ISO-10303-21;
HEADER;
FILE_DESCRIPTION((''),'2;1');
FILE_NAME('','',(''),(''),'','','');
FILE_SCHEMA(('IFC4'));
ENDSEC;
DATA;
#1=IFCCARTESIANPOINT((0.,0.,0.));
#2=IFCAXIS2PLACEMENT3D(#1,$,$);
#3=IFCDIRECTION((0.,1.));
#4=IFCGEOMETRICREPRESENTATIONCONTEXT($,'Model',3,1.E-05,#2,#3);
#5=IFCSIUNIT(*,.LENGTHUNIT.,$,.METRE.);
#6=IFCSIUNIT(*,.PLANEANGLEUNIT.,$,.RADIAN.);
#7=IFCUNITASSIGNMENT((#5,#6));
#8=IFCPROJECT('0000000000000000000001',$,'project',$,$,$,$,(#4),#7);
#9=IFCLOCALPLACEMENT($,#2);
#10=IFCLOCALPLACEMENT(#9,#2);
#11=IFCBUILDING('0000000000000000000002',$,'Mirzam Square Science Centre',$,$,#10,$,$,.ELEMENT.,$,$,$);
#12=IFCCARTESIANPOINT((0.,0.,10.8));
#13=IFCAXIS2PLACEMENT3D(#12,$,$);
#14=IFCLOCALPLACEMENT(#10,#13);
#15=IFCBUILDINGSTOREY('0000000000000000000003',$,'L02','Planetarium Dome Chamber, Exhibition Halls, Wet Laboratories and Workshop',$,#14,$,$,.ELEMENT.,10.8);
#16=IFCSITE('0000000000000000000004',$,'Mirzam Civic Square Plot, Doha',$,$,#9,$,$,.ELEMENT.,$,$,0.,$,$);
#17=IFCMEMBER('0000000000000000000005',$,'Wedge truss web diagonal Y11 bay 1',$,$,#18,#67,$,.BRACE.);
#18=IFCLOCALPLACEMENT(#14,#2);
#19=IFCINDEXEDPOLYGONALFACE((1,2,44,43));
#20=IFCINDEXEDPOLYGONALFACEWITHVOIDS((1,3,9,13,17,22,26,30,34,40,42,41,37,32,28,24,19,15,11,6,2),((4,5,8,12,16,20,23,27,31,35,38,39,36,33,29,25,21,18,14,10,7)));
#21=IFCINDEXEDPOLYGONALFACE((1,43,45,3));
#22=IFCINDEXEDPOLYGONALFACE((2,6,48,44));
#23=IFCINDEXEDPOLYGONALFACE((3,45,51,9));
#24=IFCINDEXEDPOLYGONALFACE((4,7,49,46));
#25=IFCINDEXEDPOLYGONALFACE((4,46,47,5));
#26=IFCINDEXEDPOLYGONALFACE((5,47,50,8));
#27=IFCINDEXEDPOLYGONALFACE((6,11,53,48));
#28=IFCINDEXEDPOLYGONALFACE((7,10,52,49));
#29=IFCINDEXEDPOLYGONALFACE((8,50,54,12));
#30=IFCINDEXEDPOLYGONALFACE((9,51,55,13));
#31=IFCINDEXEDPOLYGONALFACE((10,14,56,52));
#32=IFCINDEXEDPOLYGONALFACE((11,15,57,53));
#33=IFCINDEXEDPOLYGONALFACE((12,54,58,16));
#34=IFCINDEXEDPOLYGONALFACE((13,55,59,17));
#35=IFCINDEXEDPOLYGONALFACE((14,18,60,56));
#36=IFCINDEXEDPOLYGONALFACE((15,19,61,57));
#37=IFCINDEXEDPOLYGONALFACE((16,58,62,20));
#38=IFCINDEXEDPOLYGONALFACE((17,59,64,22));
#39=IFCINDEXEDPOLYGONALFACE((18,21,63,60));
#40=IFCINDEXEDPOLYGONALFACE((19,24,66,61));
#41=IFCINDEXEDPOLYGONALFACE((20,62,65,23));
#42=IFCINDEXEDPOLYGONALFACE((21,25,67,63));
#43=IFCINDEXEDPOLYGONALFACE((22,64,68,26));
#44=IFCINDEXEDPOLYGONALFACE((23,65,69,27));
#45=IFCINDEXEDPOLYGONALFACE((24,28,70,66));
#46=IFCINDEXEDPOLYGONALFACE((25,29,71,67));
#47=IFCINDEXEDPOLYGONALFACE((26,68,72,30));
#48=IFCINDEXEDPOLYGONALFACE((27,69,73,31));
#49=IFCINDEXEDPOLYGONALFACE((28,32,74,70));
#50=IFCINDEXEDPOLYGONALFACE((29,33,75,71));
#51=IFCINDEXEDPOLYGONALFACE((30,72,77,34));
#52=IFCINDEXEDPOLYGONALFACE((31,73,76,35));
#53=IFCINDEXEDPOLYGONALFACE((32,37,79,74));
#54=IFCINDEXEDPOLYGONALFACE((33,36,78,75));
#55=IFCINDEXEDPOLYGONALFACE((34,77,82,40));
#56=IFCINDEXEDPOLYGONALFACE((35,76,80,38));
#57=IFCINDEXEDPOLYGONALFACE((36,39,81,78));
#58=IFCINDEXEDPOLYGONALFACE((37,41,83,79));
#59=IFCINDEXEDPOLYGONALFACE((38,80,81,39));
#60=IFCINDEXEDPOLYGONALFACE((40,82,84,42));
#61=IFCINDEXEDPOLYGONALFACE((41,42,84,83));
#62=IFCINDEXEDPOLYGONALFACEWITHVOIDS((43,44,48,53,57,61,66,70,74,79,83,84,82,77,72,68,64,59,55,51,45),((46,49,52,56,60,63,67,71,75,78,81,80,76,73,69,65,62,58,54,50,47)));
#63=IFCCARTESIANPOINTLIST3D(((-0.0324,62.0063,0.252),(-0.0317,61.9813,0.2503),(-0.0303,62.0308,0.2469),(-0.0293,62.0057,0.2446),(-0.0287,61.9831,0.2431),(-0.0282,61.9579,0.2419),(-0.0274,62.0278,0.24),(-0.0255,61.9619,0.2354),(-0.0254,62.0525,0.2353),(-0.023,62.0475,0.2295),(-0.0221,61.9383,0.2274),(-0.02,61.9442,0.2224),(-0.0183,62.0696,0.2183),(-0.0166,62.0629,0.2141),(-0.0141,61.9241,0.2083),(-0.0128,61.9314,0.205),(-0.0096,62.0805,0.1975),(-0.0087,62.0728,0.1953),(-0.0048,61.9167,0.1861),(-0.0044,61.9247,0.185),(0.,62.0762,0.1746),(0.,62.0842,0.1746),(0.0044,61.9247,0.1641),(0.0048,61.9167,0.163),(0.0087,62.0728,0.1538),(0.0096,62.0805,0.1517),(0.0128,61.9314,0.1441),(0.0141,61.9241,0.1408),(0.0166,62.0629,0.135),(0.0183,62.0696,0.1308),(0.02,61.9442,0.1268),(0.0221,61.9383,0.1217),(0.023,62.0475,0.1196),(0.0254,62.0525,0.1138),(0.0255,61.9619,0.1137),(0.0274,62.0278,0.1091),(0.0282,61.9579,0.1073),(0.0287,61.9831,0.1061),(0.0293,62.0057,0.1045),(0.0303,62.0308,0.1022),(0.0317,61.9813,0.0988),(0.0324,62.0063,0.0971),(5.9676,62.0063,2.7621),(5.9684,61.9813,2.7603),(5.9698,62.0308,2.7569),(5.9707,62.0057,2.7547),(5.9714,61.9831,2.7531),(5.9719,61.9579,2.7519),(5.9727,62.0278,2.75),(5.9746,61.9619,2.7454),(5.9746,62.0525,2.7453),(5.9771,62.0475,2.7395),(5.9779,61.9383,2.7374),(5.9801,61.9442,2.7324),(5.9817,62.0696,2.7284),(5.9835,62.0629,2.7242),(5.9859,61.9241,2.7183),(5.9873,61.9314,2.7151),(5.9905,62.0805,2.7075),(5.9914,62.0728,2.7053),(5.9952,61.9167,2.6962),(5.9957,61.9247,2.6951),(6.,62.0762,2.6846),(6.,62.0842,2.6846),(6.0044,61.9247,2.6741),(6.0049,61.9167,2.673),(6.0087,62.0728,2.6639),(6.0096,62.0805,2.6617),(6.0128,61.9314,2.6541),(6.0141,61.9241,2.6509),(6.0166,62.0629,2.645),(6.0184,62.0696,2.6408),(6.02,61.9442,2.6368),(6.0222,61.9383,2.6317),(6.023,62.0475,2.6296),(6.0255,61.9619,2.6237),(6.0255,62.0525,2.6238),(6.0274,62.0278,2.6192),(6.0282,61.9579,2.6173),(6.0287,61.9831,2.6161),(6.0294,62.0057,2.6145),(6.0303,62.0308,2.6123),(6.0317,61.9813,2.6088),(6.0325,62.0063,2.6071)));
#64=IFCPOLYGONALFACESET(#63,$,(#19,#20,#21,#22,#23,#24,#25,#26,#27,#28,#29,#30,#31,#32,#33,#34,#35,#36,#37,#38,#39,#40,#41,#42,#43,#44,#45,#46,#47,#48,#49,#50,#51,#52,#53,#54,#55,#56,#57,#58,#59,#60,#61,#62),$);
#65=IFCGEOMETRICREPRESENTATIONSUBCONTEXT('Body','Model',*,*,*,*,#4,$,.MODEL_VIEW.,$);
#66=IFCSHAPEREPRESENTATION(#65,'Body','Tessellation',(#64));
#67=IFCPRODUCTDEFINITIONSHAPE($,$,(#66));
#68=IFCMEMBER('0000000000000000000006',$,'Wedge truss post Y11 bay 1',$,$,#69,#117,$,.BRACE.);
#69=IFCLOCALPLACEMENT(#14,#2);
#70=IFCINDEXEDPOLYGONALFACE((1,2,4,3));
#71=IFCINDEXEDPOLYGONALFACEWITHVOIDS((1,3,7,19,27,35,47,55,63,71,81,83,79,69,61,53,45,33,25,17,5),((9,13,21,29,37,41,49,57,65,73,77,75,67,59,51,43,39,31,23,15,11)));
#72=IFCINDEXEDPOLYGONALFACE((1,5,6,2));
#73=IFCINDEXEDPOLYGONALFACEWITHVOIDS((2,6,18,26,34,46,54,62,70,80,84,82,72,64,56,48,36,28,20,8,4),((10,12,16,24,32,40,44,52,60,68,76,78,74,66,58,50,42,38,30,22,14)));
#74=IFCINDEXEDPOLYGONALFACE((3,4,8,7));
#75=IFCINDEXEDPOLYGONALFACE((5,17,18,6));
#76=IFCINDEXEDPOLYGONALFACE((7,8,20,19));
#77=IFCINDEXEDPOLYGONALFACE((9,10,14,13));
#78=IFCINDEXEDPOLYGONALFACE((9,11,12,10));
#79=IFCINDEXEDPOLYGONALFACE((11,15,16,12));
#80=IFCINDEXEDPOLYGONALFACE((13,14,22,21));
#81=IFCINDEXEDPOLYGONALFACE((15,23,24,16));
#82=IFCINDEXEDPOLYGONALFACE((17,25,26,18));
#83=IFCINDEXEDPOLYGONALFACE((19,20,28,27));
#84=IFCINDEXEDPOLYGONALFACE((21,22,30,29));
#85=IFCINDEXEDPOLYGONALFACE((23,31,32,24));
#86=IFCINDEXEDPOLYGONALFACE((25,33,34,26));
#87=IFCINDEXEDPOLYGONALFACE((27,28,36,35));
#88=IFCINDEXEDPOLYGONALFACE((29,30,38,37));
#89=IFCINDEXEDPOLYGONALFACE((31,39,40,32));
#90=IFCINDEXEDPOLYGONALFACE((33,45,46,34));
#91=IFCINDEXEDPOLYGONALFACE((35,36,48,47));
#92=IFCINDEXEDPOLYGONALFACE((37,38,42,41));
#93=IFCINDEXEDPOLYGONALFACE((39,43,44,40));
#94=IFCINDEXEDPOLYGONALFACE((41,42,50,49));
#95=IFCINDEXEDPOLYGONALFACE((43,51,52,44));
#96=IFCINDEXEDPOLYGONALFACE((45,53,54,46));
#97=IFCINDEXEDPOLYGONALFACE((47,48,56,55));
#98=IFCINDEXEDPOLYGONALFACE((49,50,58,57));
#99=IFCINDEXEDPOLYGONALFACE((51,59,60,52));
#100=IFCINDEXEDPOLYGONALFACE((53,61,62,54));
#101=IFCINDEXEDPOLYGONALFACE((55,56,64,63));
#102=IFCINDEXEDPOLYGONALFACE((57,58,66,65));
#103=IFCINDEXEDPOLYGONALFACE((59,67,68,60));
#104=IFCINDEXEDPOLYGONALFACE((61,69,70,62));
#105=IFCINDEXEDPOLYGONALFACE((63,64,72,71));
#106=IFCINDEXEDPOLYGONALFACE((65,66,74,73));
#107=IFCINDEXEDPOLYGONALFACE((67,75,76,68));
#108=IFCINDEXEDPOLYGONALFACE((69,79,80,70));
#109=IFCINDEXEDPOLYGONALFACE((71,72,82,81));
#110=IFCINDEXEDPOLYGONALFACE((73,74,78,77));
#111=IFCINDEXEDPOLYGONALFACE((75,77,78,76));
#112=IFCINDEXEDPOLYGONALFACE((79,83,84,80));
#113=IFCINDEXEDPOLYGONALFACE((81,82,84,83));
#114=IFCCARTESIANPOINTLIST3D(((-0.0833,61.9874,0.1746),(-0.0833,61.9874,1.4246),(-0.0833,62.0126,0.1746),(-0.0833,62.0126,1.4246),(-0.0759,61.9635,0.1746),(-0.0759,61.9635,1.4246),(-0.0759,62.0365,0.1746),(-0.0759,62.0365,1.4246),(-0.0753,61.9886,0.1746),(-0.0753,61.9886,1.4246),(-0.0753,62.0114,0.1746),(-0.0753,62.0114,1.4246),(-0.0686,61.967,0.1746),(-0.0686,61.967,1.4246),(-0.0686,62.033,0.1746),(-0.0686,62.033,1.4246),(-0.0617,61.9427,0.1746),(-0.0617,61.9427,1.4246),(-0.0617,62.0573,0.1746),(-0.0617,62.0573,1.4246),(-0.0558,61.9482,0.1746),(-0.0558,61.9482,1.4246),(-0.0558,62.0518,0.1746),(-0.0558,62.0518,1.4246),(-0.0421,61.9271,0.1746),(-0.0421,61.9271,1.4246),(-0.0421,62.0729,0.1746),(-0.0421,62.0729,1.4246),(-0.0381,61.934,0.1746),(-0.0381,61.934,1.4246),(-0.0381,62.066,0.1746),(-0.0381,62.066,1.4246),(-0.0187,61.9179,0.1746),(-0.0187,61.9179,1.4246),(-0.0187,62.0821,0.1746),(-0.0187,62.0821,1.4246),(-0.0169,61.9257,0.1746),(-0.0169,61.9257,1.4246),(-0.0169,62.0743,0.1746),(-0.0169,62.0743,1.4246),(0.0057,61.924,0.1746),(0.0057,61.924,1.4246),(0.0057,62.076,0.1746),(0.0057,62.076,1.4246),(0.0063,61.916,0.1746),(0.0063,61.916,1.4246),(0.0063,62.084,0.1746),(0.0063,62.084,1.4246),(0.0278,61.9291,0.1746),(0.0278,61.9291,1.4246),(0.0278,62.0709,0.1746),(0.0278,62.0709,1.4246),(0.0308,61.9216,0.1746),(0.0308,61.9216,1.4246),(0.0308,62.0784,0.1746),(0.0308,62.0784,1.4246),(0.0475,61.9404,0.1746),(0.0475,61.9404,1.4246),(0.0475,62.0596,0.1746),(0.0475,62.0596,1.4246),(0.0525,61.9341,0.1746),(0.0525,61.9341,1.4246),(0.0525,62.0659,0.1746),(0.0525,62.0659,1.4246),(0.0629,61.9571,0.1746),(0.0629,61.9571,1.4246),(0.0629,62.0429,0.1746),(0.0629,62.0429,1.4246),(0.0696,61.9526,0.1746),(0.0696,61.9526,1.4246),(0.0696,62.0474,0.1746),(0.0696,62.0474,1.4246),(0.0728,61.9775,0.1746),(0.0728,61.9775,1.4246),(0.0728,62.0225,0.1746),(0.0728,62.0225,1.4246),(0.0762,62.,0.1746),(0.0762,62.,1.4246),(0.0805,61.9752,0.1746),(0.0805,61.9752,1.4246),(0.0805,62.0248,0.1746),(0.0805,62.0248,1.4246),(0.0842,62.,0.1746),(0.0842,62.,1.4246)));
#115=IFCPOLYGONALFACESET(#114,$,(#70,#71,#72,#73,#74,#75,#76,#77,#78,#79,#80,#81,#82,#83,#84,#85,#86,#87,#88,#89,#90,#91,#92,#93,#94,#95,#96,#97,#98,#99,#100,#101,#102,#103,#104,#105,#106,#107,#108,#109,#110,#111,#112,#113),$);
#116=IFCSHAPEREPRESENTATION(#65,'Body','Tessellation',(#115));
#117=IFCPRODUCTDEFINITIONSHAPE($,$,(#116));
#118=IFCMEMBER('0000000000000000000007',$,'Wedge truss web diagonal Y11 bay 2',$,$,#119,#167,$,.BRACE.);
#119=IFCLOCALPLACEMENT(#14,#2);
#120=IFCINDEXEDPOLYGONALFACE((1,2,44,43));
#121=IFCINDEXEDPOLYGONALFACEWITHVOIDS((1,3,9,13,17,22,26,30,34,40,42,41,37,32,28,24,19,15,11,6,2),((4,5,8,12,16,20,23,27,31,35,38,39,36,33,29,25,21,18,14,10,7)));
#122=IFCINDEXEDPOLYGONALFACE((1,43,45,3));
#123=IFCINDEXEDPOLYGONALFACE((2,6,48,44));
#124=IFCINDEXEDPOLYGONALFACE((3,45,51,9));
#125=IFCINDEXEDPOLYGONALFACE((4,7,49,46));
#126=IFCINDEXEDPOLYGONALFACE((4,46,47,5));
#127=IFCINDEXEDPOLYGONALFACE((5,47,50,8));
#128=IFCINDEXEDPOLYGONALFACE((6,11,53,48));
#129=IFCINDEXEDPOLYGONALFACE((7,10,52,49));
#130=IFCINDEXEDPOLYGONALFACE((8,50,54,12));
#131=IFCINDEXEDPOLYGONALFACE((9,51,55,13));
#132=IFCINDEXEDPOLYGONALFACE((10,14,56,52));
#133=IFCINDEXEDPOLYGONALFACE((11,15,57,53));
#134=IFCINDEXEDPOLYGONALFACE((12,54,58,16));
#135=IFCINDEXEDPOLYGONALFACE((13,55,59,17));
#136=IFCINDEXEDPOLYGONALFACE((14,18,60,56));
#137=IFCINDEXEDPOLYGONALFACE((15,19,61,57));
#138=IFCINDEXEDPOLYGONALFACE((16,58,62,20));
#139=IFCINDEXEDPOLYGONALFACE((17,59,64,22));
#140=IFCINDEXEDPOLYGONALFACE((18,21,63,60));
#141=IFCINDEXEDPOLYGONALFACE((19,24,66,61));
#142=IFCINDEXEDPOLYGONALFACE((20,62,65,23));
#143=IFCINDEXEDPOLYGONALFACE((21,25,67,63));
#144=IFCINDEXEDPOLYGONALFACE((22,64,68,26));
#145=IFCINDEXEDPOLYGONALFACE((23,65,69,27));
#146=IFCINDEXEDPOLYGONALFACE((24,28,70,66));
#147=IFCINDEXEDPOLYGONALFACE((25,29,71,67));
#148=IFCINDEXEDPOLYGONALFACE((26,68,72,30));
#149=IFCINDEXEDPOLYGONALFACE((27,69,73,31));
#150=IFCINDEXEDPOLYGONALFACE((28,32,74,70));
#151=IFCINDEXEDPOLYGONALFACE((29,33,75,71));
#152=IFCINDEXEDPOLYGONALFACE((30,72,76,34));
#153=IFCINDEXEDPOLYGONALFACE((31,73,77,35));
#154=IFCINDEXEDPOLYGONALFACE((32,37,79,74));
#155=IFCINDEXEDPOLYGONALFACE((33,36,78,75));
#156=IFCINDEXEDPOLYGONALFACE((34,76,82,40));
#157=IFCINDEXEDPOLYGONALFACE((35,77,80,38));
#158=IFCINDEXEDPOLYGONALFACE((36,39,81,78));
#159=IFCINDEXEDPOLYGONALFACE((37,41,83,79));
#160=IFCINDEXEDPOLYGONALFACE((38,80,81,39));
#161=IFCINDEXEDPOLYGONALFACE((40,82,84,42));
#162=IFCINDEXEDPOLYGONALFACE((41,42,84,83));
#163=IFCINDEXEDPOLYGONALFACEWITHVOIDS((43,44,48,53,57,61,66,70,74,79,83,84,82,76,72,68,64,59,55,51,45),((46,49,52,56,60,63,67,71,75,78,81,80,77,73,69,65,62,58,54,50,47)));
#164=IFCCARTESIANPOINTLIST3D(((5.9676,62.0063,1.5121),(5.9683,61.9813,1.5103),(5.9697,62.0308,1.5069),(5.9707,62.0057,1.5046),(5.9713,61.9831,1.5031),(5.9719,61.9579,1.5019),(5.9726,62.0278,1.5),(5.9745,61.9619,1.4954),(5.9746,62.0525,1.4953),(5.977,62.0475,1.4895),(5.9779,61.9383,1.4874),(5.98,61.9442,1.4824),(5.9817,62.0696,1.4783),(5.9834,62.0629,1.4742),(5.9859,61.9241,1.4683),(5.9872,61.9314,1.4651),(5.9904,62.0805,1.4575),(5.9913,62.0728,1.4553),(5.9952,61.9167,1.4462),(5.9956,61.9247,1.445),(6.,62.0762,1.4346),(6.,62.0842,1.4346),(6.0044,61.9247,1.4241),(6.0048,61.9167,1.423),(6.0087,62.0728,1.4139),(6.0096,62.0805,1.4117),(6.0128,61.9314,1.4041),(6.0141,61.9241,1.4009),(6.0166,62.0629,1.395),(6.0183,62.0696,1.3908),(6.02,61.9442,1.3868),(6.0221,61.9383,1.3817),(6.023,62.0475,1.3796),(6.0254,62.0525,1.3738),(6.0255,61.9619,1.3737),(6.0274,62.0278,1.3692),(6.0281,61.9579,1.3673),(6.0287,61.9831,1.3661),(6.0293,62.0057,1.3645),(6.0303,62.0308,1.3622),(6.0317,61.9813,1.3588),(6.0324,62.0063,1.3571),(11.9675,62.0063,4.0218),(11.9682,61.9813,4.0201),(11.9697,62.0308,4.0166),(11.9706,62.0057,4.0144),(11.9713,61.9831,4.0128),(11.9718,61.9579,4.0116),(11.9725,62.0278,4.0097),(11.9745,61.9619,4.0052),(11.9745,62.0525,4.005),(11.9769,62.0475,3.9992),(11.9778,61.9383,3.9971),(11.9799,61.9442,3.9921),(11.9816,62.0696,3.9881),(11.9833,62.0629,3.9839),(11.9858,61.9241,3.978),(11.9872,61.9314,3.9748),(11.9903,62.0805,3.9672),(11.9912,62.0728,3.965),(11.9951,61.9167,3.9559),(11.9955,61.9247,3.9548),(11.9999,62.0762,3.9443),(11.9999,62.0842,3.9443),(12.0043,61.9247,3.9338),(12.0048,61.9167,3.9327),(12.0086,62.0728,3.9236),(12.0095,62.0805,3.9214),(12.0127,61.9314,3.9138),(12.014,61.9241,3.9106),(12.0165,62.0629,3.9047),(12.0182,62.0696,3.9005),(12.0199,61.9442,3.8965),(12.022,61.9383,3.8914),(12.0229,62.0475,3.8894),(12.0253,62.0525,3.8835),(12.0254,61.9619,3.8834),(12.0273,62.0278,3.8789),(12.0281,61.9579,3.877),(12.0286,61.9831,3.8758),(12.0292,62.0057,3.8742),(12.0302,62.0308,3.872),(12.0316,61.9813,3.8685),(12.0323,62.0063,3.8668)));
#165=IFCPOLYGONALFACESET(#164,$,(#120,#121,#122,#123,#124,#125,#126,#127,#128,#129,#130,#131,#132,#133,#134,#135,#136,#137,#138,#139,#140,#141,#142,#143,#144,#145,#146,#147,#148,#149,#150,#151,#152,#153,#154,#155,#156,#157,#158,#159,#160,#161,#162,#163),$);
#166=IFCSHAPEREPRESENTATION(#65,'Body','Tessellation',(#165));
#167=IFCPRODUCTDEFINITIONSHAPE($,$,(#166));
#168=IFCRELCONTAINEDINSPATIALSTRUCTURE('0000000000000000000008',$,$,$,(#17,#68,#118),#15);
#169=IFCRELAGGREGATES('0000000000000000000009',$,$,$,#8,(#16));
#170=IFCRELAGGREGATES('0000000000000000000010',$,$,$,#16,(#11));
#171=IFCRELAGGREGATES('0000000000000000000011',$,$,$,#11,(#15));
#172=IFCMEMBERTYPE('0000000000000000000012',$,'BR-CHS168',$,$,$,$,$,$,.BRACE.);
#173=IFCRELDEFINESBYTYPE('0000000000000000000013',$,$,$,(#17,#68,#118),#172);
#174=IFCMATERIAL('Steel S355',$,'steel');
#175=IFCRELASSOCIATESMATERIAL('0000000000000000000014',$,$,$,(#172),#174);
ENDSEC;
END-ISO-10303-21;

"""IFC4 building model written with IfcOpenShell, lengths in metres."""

from ifc_helpers import new_model, si_unit, direction, frame, origin, origin_2d, place, context, subcontext, project, spatial, hollow_circle, extrude, material, material_profile, profile_set, type_object, element, save


model = new_model("IFC4")

# Units and contexts
model_context = context("Model", 3, precision=1e-05, world=origin(), true_north=direction((0.0, 1.0)))
body_context = subcontext(model_context, "Body", "Model", "MODEL_VIEW")
ifc_project = project(units=[si_unit("LENGTHUNIT", "METRE"), si_unit("PLANEANGLEUNIT", "RADIAN")], contexts=[model_context])

# Site, building, storey
site_placement = place(None, origin())
site = spatial("IfcSite", under=ifc_project, at=site_placement, Name="Mirzam Civic Square Plot, Doha", CompositionType="ELEMENT", RefElevation=0.0)
building_placement = place(site_placement, origin())
building = spatial("IfcBuilding", under=site, at=building_placement, Name="Mirzam Square Science Centre", CompositionType="ELEMENT")
storey_placement = place(building_placement, frame((0.0, 0.0, 10.8)))
storey = spatial("IfcBuildingStorey", under=building, at=storey_placement, Name="L02", Description="Planetarium Dome Chamber, Exhibition Halls, Wet Laboratories and Workshop", CompositionType="ELEMENT", Elevation=10.8)

# Members
ifc_material = material(Name="Steel S355", Category="steel")
ifc_material_profile_1 = material_profile(ifc_material, hollow_circle(Radius=0.0842, WallThickness=0.0081, at=origin_2d()), Name="168.3x8.0CHS")
ifc_profile_set_1 = profile_set([ifc_material_profile_1], Name="Steel S355")
member_type_1 = type_object("IfcMemberType", Name="BR-CHS168", PredefinedType="BRACE", material=ifc_profile_set_1)
member_1_placement = place(storey_placement, frame((0.0, 62.0, 0.1746), z_axis=(0.92253, 0.0, 0.385926), x_axis=(0.0, 1.0, 0.0)))
element("IfcMember", 1, at=member_1_placement, inside=storey, type_object=member_type_1, Name="Wedge truss web diagonal Y11 bay 1", PredefinedType="BRACE", context=body_context, shape_type="SweptSolid", body=[
    extrude(hollow_circle(Radius=0.0842, WallThickness=0.0081, at=origin_2d()), origin(), (0.0, 0.0, 1.0), 6.5039),
])
member_2_placement = place(storey_placement, frame((0.0, 62.0, 0.1746), z_axis=(0.0, 0.0, 1.0), x_axis=(1.0, 0.0, 0.0)))
element("IfcMember", 2, at=member_2_placement, inside=storey, type_object=member_type_1, Name="Wedge truss post Y11 bay 1", PredefinedType="BRACE", context=body_context, shape_type="SweptSolid", body=[
    extrude(hollow_circle(Radius=0.0842, WallThickness=0.0081, at=origin_2d()), origin(), (0.0, 0.0, 1.0), 1.25),
])
member_3_placement = place(storey_placement, frame((6.0, 62.0, 1.4346), z_axis=(0.922543, 0.0, 0.385894), x_axis=(0.0, 1.0, 0.0)))
element("IfcMember", 3, at=member_3_placement, inside=storey, type_object=member_type_1, Name="Wedge truss web diagonal Y11 bay 2", PredefinedType="BRACE", context=body_context, shape_type="SweptSolid", body=[
    extrude(hollow_circle(Radius=0.0842, WallThickness=0.0081, at=origin_2d()), origin(), (0.0, 0.0, 1.0), 6.5037),
])

save(model, "model.ifc")
